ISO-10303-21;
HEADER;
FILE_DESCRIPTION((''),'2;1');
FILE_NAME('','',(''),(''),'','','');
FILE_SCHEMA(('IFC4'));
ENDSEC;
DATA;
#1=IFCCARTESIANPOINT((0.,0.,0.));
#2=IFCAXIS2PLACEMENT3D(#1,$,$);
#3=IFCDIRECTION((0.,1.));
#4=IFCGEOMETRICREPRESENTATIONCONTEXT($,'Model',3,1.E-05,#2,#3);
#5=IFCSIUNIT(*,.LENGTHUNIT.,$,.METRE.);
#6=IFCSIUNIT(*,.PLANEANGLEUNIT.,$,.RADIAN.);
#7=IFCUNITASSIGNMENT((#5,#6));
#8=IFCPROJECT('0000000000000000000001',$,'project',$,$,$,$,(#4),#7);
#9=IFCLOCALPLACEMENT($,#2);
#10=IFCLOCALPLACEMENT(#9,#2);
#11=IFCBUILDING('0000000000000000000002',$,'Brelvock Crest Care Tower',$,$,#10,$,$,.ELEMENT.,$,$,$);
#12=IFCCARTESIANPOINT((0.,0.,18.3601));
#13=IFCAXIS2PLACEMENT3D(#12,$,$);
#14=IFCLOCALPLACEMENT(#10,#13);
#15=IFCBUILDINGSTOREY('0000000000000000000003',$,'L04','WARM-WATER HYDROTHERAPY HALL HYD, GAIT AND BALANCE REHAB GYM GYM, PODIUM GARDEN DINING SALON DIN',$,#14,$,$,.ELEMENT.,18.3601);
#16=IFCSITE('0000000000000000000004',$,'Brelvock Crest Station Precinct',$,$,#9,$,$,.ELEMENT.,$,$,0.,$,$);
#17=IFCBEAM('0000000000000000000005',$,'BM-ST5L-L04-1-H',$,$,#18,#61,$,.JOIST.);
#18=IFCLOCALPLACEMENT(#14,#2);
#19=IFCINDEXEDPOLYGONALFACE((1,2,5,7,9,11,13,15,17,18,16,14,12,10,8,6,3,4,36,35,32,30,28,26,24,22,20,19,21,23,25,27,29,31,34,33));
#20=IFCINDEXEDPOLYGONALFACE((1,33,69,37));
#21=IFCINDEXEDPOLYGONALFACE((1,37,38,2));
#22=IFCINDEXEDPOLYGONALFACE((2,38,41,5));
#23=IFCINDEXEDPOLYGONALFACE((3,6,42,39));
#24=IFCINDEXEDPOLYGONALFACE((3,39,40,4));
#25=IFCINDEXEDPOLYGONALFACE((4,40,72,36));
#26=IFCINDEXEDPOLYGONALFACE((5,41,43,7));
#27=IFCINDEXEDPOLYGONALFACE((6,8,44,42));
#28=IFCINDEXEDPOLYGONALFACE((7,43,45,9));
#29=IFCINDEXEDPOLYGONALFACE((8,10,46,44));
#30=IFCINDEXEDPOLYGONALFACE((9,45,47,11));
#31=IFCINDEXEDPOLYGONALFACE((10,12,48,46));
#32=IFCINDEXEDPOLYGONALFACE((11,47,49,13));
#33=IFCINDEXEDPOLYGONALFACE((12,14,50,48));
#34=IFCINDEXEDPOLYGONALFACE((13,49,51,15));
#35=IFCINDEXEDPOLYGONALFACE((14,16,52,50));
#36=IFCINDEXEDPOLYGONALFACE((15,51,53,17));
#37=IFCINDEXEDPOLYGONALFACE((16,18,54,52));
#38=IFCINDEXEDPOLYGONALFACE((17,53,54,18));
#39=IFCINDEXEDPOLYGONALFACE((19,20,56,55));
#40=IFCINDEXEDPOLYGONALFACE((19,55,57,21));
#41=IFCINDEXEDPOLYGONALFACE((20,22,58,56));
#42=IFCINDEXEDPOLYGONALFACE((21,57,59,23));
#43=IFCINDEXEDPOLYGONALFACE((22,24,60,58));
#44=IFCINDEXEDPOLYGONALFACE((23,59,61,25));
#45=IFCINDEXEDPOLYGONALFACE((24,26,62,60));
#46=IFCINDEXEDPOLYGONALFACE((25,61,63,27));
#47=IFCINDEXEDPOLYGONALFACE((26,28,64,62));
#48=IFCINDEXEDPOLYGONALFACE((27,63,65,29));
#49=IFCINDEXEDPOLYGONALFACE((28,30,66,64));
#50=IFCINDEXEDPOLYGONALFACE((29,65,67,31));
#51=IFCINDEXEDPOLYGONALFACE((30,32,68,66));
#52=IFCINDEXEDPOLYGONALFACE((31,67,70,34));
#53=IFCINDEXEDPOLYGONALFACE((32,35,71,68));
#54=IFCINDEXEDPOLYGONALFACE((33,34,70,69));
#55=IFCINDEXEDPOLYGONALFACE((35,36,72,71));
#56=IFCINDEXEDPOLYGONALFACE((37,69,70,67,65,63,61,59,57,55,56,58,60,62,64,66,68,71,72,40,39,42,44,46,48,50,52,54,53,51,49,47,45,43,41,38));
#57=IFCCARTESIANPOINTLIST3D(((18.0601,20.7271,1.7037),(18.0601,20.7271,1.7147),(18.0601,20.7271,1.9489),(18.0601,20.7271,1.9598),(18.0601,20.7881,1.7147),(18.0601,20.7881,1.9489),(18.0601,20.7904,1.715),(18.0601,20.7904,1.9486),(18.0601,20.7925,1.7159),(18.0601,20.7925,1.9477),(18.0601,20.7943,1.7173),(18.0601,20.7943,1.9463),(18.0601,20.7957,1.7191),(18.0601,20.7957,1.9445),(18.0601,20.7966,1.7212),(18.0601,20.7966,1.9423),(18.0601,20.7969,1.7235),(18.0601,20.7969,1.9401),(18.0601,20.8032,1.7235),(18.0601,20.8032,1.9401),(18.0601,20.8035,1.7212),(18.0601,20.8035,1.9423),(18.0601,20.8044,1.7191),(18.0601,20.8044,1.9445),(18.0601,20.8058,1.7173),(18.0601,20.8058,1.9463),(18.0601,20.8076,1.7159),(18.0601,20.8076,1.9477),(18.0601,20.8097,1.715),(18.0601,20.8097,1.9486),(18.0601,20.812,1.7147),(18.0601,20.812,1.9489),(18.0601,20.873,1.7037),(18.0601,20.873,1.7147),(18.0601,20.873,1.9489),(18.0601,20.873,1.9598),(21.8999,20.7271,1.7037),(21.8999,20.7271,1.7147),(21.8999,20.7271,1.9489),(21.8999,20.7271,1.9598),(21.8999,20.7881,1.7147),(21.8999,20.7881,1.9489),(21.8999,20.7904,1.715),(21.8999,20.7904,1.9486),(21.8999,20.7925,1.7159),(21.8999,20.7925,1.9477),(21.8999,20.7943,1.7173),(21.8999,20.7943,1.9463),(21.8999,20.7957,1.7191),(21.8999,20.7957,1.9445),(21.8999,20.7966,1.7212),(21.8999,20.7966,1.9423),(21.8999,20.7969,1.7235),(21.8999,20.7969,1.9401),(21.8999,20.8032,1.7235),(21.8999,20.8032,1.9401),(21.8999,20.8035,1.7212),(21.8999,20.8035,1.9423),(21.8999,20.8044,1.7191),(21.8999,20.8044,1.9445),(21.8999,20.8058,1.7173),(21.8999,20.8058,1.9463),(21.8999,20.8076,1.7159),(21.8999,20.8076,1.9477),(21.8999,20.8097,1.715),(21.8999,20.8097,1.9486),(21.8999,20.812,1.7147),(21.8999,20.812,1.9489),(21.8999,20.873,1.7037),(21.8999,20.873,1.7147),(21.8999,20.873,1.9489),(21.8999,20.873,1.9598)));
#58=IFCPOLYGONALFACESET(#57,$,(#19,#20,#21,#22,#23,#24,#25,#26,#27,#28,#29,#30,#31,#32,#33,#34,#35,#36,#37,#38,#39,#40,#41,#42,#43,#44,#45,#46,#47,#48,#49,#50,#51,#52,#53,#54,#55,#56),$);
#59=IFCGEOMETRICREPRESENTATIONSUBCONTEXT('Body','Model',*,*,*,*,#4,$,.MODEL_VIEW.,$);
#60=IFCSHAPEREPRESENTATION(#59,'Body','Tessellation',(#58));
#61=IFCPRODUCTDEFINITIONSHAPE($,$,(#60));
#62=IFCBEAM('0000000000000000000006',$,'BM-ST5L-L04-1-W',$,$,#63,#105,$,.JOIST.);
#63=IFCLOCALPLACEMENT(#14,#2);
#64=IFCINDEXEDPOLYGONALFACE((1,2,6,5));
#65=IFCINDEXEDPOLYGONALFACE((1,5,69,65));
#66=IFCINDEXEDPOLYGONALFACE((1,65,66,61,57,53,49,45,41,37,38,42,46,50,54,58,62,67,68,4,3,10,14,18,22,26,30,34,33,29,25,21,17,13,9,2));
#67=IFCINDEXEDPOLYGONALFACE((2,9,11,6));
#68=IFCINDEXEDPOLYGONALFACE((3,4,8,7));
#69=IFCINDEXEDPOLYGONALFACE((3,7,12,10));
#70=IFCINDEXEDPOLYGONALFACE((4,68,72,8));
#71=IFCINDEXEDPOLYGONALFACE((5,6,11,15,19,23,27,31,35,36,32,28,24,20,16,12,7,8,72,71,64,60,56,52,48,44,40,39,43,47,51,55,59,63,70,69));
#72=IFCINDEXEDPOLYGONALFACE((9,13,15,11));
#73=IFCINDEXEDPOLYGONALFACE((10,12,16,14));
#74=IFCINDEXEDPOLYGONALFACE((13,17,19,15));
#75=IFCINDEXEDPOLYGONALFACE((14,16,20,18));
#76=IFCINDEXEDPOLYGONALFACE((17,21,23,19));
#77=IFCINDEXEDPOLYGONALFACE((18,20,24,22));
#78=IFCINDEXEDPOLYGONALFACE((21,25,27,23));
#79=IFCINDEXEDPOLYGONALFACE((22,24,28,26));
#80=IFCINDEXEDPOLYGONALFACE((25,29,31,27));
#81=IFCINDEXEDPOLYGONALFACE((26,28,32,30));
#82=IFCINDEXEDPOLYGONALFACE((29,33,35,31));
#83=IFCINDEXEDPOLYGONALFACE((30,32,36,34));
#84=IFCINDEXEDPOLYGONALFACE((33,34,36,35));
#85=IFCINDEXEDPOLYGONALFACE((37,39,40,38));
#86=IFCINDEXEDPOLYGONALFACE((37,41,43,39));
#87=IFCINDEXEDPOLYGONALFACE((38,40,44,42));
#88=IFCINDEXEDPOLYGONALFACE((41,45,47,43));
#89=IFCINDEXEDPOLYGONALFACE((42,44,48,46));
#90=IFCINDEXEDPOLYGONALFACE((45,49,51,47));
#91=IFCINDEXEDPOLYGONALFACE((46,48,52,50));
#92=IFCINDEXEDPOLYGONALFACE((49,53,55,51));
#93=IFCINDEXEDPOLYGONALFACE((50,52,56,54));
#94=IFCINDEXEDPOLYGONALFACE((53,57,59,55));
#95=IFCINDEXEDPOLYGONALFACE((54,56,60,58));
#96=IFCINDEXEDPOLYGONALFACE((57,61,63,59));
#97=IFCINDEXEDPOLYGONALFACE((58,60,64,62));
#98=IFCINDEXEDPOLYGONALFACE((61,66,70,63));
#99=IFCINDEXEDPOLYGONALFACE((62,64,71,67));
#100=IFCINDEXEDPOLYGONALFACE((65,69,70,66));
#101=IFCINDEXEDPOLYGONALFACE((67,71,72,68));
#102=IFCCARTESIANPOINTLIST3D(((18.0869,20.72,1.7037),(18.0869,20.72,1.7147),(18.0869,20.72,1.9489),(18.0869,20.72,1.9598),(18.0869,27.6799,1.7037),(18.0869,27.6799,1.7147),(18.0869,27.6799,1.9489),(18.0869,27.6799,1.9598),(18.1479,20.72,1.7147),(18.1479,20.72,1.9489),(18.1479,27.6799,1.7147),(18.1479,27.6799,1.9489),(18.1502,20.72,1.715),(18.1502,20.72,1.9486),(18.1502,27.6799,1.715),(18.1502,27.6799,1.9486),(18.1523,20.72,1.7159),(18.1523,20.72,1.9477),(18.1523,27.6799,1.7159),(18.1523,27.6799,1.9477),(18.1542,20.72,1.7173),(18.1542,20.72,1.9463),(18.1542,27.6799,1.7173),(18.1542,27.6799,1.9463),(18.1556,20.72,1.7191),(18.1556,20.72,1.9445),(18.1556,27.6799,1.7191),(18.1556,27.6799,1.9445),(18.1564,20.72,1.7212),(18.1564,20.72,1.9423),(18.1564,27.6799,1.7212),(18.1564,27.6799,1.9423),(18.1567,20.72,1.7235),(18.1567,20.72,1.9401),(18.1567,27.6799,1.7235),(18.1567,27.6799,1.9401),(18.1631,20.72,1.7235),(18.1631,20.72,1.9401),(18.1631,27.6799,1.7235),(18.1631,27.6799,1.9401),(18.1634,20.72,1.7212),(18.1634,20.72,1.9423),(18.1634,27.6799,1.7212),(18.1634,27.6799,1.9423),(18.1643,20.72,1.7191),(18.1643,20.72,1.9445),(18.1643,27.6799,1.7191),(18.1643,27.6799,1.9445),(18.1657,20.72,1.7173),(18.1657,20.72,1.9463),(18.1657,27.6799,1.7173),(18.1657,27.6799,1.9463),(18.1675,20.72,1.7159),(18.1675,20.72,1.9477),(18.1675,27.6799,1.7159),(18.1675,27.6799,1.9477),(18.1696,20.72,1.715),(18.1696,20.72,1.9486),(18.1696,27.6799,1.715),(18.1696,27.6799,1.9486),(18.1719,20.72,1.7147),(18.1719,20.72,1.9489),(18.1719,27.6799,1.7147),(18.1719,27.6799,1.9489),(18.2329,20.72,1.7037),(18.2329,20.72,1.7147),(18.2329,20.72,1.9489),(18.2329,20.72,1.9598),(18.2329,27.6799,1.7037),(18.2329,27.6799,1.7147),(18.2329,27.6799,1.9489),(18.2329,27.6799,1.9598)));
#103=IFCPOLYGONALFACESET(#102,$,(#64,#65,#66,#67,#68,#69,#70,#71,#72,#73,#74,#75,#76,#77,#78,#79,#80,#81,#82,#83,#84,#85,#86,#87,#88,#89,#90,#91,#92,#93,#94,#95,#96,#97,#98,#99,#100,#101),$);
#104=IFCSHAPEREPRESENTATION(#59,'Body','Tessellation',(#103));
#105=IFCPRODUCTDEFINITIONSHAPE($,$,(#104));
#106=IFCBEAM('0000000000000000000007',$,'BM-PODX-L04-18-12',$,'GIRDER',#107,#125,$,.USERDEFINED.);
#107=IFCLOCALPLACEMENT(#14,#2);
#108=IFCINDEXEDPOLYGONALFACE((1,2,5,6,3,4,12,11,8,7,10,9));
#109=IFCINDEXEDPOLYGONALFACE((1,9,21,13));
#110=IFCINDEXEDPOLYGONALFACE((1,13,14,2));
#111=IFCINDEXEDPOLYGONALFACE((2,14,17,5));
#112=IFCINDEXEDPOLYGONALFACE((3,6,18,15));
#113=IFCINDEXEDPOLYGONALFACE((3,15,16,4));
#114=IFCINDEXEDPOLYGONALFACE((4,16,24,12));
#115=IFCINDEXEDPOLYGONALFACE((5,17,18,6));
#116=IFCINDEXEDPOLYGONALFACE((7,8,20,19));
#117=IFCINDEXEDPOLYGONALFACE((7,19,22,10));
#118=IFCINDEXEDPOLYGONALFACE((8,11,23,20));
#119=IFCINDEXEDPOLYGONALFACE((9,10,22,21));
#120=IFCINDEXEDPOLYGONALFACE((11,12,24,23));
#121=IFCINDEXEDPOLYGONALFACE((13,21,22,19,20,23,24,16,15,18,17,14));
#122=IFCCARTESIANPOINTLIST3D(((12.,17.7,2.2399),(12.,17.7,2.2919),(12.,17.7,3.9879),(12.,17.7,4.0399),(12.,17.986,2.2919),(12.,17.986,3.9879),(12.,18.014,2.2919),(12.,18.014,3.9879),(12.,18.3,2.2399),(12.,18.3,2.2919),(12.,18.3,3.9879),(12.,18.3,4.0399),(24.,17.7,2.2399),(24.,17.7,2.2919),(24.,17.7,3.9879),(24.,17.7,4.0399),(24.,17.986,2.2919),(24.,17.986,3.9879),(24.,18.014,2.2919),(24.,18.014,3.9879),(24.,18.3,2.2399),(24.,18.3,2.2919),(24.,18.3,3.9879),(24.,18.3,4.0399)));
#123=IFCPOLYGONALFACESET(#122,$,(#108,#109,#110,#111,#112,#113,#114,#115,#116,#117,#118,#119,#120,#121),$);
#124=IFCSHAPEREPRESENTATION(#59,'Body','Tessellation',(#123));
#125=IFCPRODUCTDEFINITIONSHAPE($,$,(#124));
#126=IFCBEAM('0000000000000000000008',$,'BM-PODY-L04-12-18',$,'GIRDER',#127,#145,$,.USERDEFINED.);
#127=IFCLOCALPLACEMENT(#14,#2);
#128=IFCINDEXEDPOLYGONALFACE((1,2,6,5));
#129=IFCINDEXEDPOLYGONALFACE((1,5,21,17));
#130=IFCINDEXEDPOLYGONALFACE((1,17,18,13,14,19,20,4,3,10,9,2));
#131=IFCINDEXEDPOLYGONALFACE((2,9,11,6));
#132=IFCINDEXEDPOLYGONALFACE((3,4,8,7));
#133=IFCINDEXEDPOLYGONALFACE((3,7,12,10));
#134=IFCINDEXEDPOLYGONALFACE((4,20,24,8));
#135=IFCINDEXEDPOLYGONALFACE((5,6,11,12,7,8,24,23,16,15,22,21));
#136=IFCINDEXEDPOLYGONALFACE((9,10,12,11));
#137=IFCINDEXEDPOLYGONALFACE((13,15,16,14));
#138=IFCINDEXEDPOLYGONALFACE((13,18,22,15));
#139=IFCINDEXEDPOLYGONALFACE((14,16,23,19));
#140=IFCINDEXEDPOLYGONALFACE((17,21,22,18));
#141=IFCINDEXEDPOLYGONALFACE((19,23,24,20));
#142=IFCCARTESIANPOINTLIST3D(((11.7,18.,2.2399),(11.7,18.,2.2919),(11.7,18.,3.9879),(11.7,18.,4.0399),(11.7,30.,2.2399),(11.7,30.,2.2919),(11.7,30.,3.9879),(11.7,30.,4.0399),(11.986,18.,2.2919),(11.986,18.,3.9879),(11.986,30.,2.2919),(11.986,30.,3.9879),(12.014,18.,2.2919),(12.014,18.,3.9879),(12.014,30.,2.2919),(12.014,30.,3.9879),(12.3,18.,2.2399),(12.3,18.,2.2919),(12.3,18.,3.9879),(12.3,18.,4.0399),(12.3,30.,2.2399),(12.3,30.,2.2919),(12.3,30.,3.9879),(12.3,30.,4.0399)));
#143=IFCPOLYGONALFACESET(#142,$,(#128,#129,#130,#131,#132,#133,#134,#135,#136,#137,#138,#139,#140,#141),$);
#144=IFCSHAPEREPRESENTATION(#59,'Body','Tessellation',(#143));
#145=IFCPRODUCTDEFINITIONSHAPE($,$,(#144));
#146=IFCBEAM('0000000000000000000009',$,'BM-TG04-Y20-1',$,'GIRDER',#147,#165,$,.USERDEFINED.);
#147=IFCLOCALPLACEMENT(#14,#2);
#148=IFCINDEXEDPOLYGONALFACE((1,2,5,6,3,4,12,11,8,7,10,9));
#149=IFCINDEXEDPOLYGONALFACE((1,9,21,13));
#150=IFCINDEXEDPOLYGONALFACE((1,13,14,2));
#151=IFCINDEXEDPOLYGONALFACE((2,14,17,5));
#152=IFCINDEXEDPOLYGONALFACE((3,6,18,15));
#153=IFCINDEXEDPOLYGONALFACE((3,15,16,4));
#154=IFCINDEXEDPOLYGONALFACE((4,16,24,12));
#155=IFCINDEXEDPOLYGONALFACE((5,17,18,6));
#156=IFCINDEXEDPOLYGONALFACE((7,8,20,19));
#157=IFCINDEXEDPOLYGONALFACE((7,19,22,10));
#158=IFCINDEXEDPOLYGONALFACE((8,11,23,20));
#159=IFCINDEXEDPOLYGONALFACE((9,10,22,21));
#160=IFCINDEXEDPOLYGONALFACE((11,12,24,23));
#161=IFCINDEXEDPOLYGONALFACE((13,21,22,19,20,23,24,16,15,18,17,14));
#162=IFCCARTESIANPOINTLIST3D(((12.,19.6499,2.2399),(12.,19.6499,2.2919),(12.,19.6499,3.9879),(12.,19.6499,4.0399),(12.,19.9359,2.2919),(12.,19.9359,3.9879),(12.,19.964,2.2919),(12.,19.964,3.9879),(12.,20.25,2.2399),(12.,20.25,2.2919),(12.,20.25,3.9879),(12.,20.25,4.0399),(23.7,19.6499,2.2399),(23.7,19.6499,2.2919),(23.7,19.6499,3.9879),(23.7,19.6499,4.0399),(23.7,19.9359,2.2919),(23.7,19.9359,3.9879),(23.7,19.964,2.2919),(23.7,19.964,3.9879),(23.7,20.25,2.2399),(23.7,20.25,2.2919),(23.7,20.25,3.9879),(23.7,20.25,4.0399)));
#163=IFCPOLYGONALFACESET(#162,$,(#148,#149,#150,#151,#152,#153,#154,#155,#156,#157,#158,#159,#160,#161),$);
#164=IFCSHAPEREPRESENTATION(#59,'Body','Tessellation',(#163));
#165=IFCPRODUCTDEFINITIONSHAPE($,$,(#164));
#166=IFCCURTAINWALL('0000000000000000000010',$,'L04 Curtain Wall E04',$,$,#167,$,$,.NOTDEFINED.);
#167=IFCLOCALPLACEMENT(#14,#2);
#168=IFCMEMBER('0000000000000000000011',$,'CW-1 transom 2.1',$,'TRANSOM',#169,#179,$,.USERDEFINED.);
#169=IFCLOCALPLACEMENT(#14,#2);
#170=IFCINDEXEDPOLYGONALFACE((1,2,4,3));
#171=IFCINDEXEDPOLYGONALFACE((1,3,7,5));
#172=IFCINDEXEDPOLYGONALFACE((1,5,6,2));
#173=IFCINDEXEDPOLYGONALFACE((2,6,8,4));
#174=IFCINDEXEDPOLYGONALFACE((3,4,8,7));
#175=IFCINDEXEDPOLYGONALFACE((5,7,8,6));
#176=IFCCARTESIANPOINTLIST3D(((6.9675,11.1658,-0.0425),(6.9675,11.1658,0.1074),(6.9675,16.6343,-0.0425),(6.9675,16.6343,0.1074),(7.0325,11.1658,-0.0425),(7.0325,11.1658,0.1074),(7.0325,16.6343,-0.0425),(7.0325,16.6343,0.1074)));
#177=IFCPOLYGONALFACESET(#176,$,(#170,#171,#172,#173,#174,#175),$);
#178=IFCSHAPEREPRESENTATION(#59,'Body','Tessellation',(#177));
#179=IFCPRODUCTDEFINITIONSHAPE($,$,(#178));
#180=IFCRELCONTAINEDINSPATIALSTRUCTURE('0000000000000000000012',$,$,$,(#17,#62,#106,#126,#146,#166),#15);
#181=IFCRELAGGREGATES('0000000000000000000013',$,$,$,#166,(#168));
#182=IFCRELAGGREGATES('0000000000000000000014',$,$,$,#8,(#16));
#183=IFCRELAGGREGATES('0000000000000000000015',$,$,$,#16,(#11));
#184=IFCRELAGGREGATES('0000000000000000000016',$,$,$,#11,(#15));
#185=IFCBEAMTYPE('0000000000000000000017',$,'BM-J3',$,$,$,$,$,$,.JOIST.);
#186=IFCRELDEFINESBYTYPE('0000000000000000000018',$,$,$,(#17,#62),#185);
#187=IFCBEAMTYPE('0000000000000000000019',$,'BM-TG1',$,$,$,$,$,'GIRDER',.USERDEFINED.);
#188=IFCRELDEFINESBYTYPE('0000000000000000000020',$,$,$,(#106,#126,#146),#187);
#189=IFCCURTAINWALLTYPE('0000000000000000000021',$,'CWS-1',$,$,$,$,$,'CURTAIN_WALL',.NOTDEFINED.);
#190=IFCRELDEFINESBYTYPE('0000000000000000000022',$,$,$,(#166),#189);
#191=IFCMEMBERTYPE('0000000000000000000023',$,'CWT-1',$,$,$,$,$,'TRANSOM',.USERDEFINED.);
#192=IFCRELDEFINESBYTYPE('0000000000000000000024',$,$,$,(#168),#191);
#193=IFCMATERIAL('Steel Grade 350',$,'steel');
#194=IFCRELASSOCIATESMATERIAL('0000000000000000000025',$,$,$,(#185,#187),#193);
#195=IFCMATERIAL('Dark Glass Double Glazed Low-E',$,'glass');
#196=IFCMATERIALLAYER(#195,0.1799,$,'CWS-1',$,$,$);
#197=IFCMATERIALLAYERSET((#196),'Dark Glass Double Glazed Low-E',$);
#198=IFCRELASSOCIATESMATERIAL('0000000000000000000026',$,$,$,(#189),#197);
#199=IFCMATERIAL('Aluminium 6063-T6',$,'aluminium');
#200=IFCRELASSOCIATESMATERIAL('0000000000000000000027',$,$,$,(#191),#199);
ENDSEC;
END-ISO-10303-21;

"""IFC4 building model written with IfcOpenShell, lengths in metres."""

from ifc_helpers import new_model, si_unit, direction, frame, origin, origin_2d, place, context, subcontext, project, spatial, rectangle, i_section, extrude, source, transform, mapped, material, layer, layer_set, material_profile, profile_set, type_object, element, aggregate, save


model = new_model("IFC4")

# Units and contexts
model_context = context("Model", 3, precision=1e-05, world=origin(), true_north=direction((0.0, 1.0)))
body_context = subcontext(model_context, "Body", "Model", "MODEL_VIEW")
ifc_project = project(units=[si_unit("LENGTHUNIT", "METRE"), si_unit("PLANEANGLEUNIT", "RADIAN")], contexts=[model_context])

# Site, building, storey
site_placement = place(None, origin())
site = spatial("IfcSite", under=ifc_project, at=site_placement, Name="Brelvock Crest Station Precinct", CompositionType="ELEMENT", RefElevation=0.0)
building_placement = place(site_placement, origin())
building = spatial("IfcBuilding", under=site, at=building_placement, Name="Brelvock Crest Care Tower", CompositionType="ELEMENT")
storey_placement = place(building_placement, frame((0.0, 0.0, 18.3601)))
storey = spatial("IfcBuildingStorey", under=building, at=storey_placement, Name="L04", Description="WARM-WATER HYDROTHERAPY HALL HYD, GAIT AND BALANCE REHAB GYM GYM, PODIUM GARDEN DINING SALON DIN", CompositionType="ELEMENT", Elevation=18.3601)

# Shared definitions
ifc_material_1 = material(Name="Steel Grade 350", Category="steel")

# Beams
ifc_material_profile_1 = material_profile(ifc_material_1, i_section(OverallWidth=0.146, OverallDepth=0.2561, WebThickness=0.0063, FlangeThickness=0.011, FilletRadius=0.0088, at=origin_2d()), Name="250UB37.3")
ifc_profile_set_1 = profile_set([ifc_material_profile_1], Name="Steel Grade 350")
beam_type_1 = type_object("IfcBeamType", Name="BM-J3", PredefinedType="JOIST", material=ifc_profile_set_1)
shared_shape_1 = source(origin(), body_context, "Body", "SweptSolid", [
    extrude(i_section(OverallWidth=0.146, OverallDepth=0.2561, WebThickness=0.0063, FlangeThickness=0.011, FilletRadius=0.0088, at=origin_2d()), origin(), (0.0, 0.0, 1.0), 3.8398),
])
beam_1_placement = place(storey_placement, frame((18.0601, 20.8, 1.8318), z_axis=(1.0, 0.0, 0.0), x_axis=(0.0, 1.0, 0.0)))
element("IfcBeam", 1, at=beam_1_placement, inside=storey, type_object=beam_type_1, Name="BM-ST5L-L04-1-H", PredefinedType="JOIST", context=body_context, shape_type="MappedRepresentation", body=[
    mapped(shared_shape_1, transform((0.0, 0.0, 0.0), x_axis=(1.0, 0.0, 0.0), y_axis=(0.0, 1.0, 0.0), z_axis=(0.0, 0.0, 1.0), scale=1.0)),
])
shared_shape_2 = source(origin(), body_context, "Body", "SweptSolid", [
    extrude(i_section(OverallWidth=0.146, OverallDepth=0.2561, WebThickness=0.0063, FlangeThickness=0.011, FilletRadius=0.0088, at=origin_2d()), origin(), (0.0, 0.0, 1.0), 6.96),
])
beam_2_placement = place(storey_placement, frame((18.1599, 20.72, 1.8318), z_axis=(0.0, 1.0, 0.0), x_axis=(-1.0, 0.0, 0.0)))
element("IfcBeam", 2, at=beam_2_placement, inside=storey, type_object=beam_type_1, Name="BM-ST5L-L04-1-W", PredefinedType="JOIST", context=body_context, shape_type="MappedRepresentation", body=[
    mapped(shared_shape_2, transform((0.0, 0.0, 0.0), x_axis=(1.0, 0.0, 0.0), y_axis=(0.0, 1.0, 0.0), z_axis=(0.0, 0.0, 1.0), scale=1.0)),
])
ifc_material_profile_2 = material_profile(ifc_material_1, i_section(OverallWidth=0.6001, OverallDepth=1.8, WebThickness=0.0281, FlangeThickness=0.052, at=origin_2d()), Name="1800TG740")
ifc_profile_set_2 = profile_set([ifc_material_profile_2], Name="Steel Grade 350")
beam_type_2 = type_object("IfcBeamType", Name="BM-TG1", ElementType="GIRDER", PredefinedType="USERDEFINED", material=ifc_profile_set_2)
shared_shape_3 = source(origin(), body_context, "Body", "SweptSolid", [
    extrude(i_section(OverallWidth=0.6001, OverallDepth=1.8, WebThickness=0.0281, FlangeThickness=0.052, at=origin_2d()), origin(), (0.0, 0.0, 1.0), 12.0),
])
for number, where, z_axis, x_axis, name in (
    (3, (12.0, 18.0, 3.1399), (1.0, 0.0, 0.0), (0.0, 1.0, 0.0), "BM-PODX-L04-18-12"),
    (4, (12.0, 18.0, 3.1399), (0.0, 1.0, 0.0), (-1.0, 0.0, 0.0), "BM-PODY-L04-12-18"),
):
    element("IfcBeam", number, at=place(storey_placement, frame(where, z_axis=z_axis, x_axis=x_axis)), inside=storey, type_object=beam_type_2, Name=name, ObjectType="GIRDER", PredefinedType="USERDEFINED", context=body_context, shape_type="MappedRepresentation", body=[
        mapped(shared_shape_3, transform((0.0, 0.0, 0.0), x_axis=(1.0, 0.0, 0.0), y_axis=(0.0, 1.0, 0.0), z_axis=(0.0, 0.0, 1.0), scale=1.0)),
    ])
shared_shape_4 = source(origin(), body_context, "Body", "SweptSolid", [
    extrude(i_section(OverallWidth=0.6001, OverallDepth=1.8, WebThickness=0.0281, FlangeThickness=0.052, at=origin_2d()), origin(), (0.0, 0.0, 1.0), 11.7),
])
beam_3_placement = place(storey_placement, frame((12.0, 19.95, 3.1399), z_axis=(1.0, 0.0, 0.0), x_axis=(0.0, 1.0, 0.0)))
element("IfcBeam", 5, at=beam_3_placement, inside=storey, type_object=beam_type_2, Name="BM-TG04-Y20-1", ObjectType="GIRDER", PredefinedType="USERDEFINED", context=body_context, shape_type="MappedRepresentation", body=[
    mapped(shared_shape_4, transform((0.0, 0.0, 0.0), x_axis=(1.0, 0.0, 0.0), y_axis=(0.0, 1.0, 0.0), z_axis=(0.0, 0.0, 1.0), scale=1.0)),
])

# Curtain wall, member
ifc_material_2 = material(Name="Dark Glass Double Glazed Low-E", Category="glass")
ifc_layer_1 = layer(ifc_material_2, 0.1799, Name="CWS-1")
ifc_layer_set_1 = layer_set([ifc_layer_1], Name="Dark Glass Double Glazed Low-E")
curtain_wall_type = type_object("IfcCurtainWallType", Name="CWS-1", ElementType="CURTAIN_WALL", PredefinedType="NOTDEFINED", material=ifc_layer_set_1)
curtain_wall_placement = place(storey_placement, origin())
curtain_wall = element("IfcCurtainWall", 6, at=curtain_wall_placement, inside=storey, type_object=curtain_wall_type, Name="L04 Curtain Wall E04", PredefinedType="NOTDEFINED")
ifc_material_3 = material(Name="Aluminium 6063-T6", Category="aluminium")
ifc_material_profile_3 = material_profile(ifc_material_3, rectangle(XDim=0.0649, YDim=0.1499, at=origin_2d()), Name="ALU65x150")
ifc_profile_set_3 = profile_set([ifc_material_profile_3], Name="Aluminium 6063-T6")
member_type_1 = type_object("IfcMemberType", Name="CWT-1", ElementType="TRANSOM", PredefinedType="USERDEFINED", material=ifc_profile_set_3)
shared_shape_5 = source(origin(), body_context, "Body", "SweptSolid", [
    extrude(rectangle(XDim=0.0649, YDim=0.1499, at=origin_2d()), origin(), (0.0, 0.0, 1.0), 5.4685),
])
member_1_placement = place(storey_placement, frame((7.0, 11.1658, 0.0325), z_axis=(0.0, 1.0, 0.0), x_axis=(-1.0, 0.0, 0.0)))
member_1 = element("IfcMember", 7, at=member_1_placement, type_object=member_type_1, Name="CW-1 transom 2.1", ObjectType="TRANSOM", PredefinedType="USERDEFINED", context=body_context, shape_type="MappedRepresentation", body=[
    mapped(shared_shape_5, transform((0.0, 0.0, 0.0), x_axis=(1.0, 0.0, 0.0), y_axis=(0.0, 1.0, 0.0), z_axis=(0.0, 0.0, 1.0), scale=1.0)),
])
aggregate(curtain_wall, [member_1])

save(model, "model.ifc")
